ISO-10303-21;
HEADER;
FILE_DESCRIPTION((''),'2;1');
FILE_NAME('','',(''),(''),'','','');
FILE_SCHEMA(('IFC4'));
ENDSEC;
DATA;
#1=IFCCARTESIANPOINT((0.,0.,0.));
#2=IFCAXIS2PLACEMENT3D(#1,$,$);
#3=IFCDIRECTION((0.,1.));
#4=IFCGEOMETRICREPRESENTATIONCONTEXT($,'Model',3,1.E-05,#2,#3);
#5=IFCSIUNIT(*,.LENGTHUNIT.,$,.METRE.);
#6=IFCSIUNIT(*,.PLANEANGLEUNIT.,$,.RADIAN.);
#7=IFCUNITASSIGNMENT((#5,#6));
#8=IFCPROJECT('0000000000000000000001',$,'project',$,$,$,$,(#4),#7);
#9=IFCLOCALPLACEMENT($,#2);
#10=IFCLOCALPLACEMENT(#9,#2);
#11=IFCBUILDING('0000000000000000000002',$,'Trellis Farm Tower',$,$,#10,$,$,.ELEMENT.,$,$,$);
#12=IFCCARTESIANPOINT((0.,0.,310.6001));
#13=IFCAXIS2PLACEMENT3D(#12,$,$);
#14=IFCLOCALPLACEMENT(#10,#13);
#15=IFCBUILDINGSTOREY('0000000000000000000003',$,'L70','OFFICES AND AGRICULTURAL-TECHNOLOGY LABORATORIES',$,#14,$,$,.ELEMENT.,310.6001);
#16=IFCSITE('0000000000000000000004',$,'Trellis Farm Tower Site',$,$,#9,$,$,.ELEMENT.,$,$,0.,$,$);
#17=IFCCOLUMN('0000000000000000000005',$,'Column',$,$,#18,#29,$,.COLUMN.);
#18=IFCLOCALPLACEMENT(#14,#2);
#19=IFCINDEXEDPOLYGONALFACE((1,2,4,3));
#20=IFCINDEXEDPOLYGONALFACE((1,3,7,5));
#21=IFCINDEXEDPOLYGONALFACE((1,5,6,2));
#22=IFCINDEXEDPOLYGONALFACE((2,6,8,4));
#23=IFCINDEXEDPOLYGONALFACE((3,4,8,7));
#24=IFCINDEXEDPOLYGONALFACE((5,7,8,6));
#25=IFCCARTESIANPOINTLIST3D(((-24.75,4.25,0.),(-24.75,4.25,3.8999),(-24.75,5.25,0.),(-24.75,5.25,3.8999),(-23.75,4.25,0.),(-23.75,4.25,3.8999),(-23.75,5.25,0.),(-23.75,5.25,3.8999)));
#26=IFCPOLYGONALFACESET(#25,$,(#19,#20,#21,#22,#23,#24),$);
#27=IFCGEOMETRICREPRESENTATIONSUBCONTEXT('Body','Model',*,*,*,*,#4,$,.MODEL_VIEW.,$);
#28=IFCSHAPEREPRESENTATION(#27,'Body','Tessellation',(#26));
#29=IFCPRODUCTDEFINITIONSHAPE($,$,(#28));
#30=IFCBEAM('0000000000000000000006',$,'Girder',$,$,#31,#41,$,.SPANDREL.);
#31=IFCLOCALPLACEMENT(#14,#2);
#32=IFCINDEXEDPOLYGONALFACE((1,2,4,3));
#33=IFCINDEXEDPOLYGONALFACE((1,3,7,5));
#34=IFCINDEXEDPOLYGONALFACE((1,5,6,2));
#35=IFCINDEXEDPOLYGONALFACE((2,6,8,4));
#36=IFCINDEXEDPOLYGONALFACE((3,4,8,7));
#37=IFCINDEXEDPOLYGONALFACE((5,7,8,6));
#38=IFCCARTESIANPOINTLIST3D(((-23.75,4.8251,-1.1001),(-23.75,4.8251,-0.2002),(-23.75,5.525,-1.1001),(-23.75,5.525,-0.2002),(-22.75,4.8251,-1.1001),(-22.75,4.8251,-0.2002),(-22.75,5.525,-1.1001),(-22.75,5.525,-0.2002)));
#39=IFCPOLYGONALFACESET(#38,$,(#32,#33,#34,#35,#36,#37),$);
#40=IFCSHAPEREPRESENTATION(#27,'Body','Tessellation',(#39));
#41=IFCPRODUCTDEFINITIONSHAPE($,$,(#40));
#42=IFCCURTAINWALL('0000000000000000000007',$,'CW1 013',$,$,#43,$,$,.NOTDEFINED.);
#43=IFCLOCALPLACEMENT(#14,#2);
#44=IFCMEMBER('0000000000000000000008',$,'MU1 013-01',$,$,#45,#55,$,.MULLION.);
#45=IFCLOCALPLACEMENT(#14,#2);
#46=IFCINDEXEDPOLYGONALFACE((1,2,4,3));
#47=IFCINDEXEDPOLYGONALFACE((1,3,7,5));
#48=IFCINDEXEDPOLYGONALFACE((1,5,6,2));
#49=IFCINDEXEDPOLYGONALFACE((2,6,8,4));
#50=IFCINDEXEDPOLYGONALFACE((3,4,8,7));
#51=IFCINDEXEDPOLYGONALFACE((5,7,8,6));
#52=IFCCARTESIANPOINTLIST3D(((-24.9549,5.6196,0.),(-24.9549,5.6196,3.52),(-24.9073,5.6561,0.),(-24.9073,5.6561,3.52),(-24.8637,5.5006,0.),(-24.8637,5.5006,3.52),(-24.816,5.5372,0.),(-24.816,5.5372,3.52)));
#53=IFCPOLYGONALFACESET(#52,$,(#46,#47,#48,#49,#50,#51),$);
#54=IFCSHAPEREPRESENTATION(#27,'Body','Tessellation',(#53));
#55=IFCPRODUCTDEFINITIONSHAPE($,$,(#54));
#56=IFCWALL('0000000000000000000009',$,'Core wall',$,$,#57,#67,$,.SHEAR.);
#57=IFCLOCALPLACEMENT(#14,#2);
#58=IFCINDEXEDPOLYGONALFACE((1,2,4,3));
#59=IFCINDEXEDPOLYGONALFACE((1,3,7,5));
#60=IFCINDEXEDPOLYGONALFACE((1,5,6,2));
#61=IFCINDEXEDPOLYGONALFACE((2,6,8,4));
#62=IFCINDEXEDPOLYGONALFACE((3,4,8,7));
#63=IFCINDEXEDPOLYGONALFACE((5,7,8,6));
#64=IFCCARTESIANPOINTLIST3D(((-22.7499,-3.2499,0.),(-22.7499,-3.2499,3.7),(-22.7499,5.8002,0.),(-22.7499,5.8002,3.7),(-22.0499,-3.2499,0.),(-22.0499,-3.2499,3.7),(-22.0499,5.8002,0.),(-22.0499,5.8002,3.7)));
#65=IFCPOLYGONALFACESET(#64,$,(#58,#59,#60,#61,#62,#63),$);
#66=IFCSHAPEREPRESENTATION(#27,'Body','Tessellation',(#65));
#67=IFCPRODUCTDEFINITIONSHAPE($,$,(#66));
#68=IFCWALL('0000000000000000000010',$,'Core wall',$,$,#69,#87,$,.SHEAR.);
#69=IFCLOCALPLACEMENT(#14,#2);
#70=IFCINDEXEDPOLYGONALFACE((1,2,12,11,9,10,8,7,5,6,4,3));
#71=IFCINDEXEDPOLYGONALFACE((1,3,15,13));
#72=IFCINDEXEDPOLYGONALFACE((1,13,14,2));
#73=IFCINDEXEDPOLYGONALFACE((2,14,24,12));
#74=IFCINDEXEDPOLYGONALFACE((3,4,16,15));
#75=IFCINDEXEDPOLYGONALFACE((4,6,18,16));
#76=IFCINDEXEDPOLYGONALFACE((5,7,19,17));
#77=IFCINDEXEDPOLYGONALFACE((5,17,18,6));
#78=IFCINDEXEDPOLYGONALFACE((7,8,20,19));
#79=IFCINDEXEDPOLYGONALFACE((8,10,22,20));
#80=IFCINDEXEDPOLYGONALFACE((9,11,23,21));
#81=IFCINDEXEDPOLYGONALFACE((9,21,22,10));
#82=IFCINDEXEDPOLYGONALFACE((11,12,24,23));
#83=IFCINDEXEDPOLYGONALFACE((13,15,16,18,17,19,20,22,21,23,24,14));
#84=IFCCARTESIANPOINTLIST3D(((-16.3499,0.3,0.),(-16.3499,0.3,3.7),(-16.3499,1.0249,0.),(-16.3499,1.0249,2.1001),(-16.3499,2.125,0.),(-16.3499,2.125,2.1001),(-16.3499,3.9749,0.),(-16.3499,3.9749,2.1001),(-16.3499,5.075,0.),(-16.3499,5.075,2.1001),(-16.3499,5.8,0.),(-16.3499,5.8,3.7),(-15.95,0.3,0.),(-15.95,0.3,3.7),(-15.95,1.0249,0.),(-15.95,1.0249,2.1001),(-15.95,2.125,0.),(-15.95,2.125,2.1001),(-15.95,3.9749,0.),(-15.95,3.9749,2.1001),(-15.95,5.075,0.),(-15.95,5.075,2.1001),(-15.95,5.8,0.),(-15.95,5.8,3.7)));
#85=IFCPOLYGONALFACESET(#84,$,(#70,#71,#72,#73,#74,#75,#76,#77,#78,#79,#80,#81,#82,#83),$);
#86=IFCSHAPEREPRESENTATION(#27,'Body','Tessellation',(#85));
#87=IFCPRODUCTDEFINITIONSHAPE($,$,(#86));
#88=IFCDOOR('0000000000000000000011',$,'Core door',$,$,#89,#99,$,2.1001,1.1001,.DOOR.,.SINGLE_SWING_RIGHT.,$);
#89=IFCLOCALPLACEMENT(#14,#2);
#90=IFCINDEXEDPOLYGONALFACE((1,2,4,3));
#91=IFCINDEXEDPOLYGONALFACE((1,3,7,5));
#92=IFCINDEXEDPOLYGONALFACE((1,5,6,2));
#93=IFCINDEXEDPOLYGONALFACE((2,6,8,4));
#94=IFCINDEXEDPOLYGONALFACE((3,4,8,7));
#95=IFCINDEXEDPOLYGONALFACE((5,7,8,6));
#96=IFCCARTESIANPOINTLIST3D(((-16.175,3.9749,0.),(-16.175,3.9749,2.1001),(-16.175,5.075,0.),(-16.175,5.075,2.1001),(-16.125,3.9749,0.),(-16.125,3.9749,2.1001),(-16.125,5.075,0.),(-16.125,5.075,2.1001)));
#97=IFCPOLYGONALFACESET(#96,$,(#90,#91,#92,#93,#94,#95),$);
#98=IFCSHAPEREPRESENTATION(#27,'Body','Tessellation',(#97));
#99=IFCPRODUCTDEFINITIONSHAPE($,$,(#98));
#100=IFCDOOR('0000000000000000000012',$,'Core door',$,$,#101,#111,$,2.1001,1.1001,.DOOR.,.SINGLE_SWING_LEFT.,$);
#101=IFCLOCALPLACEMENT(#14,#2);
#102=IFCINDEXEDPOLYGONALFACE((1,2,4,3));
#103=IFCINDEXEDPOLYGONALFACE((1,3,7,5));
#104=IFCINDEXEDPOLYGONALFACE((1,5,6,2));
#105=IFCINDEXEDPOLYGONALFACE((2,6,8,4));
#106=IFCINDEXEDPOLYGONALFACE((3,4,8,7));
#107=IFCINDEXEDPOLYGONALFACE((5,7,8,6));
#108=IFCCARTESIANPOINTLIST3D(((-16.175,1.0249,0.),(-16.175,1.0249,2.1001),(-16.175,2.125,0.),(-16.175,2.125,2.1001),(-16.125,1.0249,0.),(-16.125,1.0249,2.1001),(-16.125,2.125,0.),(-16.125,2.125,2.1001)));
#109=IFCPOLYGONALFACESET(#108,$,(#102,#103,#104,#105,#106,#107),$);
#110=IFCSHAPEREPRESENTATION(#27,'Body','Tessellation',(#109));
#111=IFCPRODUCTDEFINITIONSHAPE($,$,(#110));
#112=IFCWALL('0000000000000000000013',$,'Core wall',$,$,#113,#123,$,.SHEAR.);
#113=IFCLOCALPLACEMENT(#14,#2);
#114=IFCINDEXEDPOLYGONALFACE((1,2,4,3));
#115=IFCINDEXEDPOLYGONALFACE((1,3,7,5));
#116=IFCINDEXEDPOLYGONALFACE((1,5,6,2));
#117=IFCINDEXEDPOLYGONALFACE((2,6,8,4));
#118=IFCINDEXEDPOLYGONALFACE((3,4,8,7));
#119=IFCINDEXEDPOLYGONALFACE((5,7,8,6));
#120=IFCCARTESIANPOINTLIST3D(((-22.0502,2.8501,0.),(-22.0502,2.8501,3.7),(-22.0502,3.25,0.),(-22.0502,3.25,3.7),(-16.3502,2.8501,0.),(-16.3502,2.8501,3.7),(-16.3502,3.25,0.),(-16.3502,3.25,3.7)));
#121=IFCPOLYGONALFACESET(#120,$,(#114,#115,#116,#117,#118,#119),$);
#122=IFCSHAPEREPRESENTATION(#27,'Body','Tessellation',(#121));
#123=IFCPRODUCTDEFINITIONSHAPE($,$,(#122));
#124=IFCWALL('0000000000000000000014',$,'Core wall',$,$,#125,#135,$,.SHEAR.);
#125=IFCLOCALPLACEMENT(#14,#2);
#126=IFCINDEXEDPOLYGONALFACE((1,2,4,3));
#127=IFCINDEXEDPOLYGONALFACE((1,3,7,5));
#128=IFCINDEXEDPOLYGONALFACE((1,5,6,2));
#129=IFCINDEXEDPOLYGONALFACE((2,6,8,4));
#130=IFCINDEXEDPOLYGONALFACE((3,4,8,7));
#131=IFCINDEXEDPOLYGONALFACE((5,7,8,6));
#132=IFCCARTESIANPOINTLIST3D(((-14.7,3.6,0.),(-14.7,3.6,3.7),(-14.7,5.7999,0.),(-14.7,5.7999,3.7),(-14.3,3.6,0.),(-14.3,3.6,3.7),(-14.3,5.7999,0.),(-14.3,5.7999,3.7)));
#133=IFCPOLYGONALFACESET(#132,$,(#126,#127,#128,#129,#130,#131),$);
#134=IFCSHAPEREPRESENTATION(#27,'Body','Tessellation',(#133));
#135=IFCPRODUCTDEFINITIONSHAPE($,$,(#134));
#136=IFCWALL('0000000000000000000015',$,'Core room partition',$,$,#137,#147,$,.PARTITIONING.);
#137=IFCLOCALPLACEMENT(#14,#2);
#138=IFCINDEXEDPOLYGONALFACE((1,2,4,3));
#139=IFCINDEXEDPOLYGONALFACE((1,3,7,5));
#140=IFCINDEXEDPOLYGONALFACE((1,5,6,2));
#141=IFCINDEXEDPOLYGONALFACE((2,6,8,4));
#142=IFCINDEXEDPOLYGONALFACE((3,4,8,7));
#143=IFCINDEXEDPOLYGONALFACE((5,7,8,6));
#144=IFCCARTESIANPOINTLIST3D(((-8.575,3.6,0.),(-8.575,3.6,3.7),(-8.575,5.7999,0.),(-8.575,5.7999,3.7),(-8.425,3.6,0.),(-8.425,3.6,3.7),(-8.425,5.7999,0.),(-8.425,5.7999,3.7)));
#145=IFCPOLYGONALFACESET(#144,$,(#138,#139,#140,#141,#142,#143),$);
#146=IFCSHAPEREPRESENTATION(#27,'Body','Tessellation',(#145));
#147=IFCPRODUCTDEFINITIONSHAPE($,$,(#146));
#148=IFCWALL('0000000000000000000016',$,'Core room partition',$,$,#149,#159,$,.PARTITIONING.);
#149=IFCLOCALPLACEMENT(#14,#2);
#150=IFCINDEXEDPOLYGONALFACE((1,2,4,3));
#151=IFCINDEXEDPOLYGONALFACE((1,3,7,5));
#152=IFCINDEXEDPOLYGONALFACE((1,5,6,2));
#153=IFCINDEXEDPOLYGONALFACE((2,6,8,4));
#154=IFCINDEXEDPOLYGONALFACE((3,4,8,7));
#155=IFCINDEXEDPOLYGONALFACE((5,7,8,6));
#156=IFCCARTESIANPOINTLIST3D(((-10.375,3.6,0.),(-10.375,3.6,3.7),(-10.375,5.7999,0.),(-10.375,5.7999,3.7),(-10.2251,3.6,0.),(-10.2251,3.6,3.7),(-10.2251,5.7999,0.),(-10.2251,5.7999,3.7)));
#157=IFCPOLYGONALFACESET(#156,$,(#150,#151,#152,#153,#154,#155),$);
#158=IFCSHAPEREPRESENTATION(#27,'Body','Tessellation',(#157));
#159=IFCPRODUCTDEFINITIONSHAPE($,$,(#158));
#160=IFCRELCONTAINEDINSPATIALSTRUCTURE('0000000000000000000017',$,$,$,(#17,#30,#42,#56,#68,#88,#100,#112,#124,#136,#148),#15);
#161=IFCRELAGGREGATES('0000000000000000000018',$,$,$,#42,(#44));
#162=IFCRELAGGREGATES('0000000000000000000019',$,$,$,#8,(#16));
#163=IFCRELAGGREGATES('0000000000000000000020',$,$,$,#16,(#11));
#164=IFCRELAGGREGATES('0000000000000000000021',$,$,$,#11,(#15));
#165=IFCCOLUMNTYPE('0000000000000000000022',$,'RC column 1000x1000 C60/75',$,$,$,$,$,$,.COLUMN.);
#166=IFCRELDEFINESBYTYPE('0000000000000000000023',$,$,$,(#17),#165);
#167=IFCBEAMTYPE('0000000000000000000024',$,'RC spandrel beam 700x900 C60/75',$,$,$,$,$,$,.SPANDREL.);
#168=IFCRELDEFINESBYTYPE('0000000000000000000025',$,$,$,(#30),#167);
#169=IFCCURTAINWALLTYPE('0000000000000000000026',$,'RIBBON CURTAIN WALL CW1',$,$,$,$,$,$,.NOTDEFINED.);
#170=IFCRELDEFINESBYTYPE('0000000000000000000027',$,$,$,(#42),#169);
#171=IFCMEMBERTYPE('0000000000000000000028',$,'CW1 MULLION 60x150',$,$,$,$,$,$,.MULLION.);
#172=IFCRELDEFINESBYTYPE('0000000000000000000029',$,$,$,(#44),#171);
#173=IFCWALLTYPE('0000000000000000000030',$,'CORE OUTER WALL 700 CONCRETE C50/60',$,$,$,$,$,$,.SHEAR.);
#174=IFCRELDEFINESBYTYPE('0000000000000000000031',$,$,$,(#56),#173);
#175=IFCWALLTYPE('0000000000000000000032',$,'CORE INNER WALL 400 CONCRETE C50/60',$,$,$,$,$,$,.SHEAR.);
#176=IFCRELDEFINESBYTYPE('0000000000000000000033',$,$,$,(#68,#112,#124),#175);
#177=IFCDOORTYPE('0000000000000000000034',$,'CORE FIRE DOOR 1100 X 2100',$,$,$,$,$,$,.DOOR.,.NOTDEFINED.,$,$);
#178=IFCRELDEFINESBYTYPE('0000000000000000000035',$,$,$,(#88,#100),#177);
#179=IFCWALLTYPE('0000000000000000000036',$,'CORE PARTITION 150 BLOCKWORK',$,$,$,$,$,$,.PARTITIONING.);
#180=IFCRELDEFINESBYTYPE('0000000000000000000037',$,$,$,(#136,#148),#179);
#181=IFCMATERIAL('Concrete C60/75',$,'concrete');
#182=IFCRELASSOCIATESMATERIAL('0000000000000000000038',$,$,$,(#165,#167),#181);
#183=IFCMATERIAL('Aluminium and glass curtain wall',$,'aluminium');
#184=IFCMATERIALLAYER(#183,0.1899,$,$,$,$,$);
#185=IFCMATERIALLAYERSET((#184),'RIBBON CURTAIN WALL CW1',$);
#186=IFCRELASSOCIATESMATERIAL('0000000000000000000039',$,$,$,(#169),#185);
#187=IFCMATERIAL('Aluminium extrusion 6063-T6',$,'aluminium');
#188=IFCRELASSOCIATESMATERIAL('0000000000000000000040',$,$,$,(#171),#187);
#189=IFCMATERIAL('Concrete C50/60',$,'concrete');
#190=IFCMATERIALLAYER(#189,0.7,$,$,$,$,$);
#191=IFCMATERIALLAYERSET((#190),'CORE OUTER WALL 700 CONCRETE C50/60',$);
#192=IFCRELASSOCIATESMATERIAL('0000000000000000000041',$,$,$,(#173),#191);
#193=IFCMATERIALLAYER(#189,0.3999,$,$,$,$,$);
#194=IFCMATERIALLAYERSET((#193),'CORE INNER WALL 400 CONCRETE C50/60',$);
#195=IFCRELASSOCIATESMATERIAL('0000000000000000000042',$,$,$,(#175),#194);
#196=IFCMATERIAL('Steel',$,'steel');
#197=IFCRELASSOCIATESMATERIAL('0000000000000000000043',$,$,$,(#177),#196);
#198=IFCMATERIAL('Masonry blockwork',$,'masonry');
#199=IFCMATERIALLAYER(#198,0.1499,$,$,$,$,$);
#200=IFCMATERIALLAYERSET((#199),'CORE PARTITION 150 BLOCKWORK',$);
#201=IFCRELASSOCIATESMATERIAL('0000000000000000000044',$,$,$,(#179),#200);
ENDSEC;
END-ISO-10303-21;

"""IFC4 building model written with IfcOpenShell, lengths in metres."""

from ifc_helpers import new_model, si_unit, direction, frame, frame_2d, origin, origin_2d, place, context, subcontext, project, spatial, rectangle, extrude, source, transform, mapped, material, layer, layer_set, material_profile, profile_set, type_object, element, fill, aggregate, save


model = new_model("IFC4")

# Units and contexts
model_context = context("Model", 3, precision=1e-05, world=origin(), true_north=direction((0.0, 1.0)))
body_context = subcontext(model_context, "Body", "Model", "MODEL_VIEW")
ifc_project = project(units=[si_unit("LENGTHUNIT", "METRE"), si_unit("PLANEANGLEUNIT", "RADIAN")], contexts=[model_context])

# Site, building, storey
site_placement = place(None, origin())
site = spatial("IfcSite", under=ifc_project, at=site_placement, Name="Trellis Farm Tower Site", CompositionType="ELEMENT", RefElevation=0.0)
building_placement = place(site_placement, origin())
building = spatial("IfcBuilding", under=site, at=building_placement, Name="Trellis Farm Tower", CompositionType="ELEMENT")
storey_placement = place(building_placement, frame((0.0, 0.0, 310.6001)))
storey = spatial("IfcBuildingStorey", under=building, at=storey_placement, Name="L70", Description="OFFICES AND AGRICULTURAL-TECHNOLOGY LABORATORIES", CompositionType="ELEMENT", Elevation=310.6001)

# Column
ifc_material_1 = material(Name="Concrete C60/75", Category="concrete")
ifc_material_profile_1 = material_profile(ifc_material_1, rectangle(XDim=1.0, YDim=1.0, at=origin_2d()), Name="RC column 1000x1000 C60/75")
ifc_profile_set_1 = profile_set([ifc_material_profile_1], Name="Concrete C60/75")
column_type = type_object("IfcColumnType", Name="RC column 1000x1000 C60/75", PredefinedType="COLUMN", material=ifc_profile_set_1)
shared_shape_1 = source(origin(), body_context, "Body", "SweptSolid", [
    extrude(rectangle(XDim=1.0, YDim=1.0, at=origin_2d()), origin(), (0.0, 0.0, 1.0), 3.8999),
])
column_placement = place(storey_placement, frame((-24.25, 4.75, 0.0), z_axis=(0.0, 0.0, 1.0), x_axis=(1.0, 0.0, 0.0)))
element("IfcColumn", 1, at=column_placement, inside=storey, type_object=column_type, Name="Column", PredefinedType="COLUMN", context=body_context, shape_type="MappedRepresentation", body=[
    mapped(shared_shape_1, transform((0.0, 0.0, 0.0))),
])

# Beam
ifc_material_profile_2 = material_profile(ifc_material_1, rectangle(XDim=0.7, YDim=0.8999, at=origin_2d()), Name="RC spandrel beam 700x900 C60/75")
ifc_profile_set_2 = profile_set([ifc_material_profile_2], Name="Concrete C60/75")
beam_type = type_object("IfcBeamType", Name="RC spandrel beam 700x900 C60/75", PredefinedType="SPANDREL", material=ifc_profile_set_2)
shared_shape_2 = source(origin(), body_context, "Body", "SweptSolid", [
    extrude(rectangle(XDim=0.7, YDim=0.8999, at=origin_2d()), origin(), (0.0, 0.0, 1.0), 1.0),
])
beam_placement = place(storey_placement, frame((-23.75, 5.175, -0.6501), z_axis=(1.0, 0.0, 0.0), x_axis=(0.0, 1.0, 0.0)))
element("IfcBeam", 2, at=beam_placement, inside=storey, type_object=beam_type, Name="Girder", PredefinedType="SPANDREL", context=body_context, shape_type="MappedRepresentation", body=[
    mapped(shared_shape_2, transform((0.0, 0.0, 0.0))),
])

# Curtain wall, member
ifc_material_2 = material(Name="Aluminium and glass curtain wall", Category="aluminium")
ifc_layer_1 = layer(ifc_material_2, 0.1899)
ifc_layer_set_1 = layer_set([ifc_layer_1], Name="RIBBON CURTAIN WALL CW1")
curtain_wall_type = type_object("IfcCurtainWallType", Name="RIBBON CURTAIN WALL CW1", PredefinedType="NOTDEFINED", material=ifc_layer_set_1)
placement = place(storey_placement, origin())
curtain_wall = element("IfcCurtainWall", 3, at=placement, inside=storey, type_object=curtain_wall_type, Name="CW1 013", PredefinedType="NOTDEFINED")
ifc_material_3 = material(Name="Aluminium extrusion 6063-T6", Category="aluminium")
ifc_material_profile_3 = material_profile(ifc_material_3, rectangle(XDim=0.0601, YDim=0.1499, at=origin_2d()), Name="MULLION 60x150")
ifc_profile_set_3 = profile_set([ifc_material_profile_3], Name="Aluminium extrusion 6063-T6")
member_type = type_object("IfcMemberType", Name="CW1 MULLION 60x150", PredefinedType="MULLION", material=ifc_profile_set_3)
shared_shape_3 = source(origin(), body_context, "Body", "SweptSolid", [
    extrude(rectangle(XDim=0.0601, YDim=0.1499, at=origin_2d()), origin(), (0.0, 0.0, 1.0), 3.52),
])
member_placement = place(storey_placement, frame((-24.8855, 5.5784, 0.0), z_axis=(0.0, 0.0, 1.0), x_axis=(-0.793353, -0.608761, 0.0)))
member = element("IfcMember", 4, at=member_placement, type_object=member_type, Name="MU1 013-01", PredefinedType="MULLION", context=body_context, shape_type="MappedRepresentation", body=[
    mapped(shared_shape_3, transform((0.0, 0.0, 0.0))),
])
aggregate(curtain_wall, [member])

# Wall
ifc_material_4 = material(Name="Concrete C50/60", Category="concrete")
ifc_layer_2 = layer(ifc_material_4, 0.7)
ifc_layer_set_2 = layer_set([ifc_layer_2], Name="CORE OUTER WALL 700 CONCRETE C50/60")
wall_type_1 = type_object("IfcWallType", Name="CORE OUTER WALL 700 CONCRETE C50/60", PredefinedType="SHEAR", material=ifc_layer_set_2)
shared_shape_4 = source(origin(), body_context, "Body", "SweptSolid", [
    extrude(rectangle(XDim=9.05, YDim=0.7, at=frame_2d((4.5249, 0.0))), origin(), (0.0, 0.0, 1.0), 3.7),
])
wall_1_placement = place(storey_placement, frame((-22.3999, 5.8, 0.0), z_axis=(0.0, 0.0, 1.0), x_axis=(0.0, -1.0, 0.0)))
element("IfcWall", 5, at=wall_1_placement, inside=storey, type_object=wall_type_1, Name="Core wall", PredefinedType="SHEAR", context=body_context, shape_type="MappedRepresentation", body=[
    mapped(shared_shape_4, transform((0.0, 0.0, 0.0))),
])

# Wall, openings, doors
ifc_layer_3 = layer(ifc_material_4, 0.3999)
ifc_layer_set_3 = layer_set([ifc_layer_3], Name="CORE INNER WALL 400 CONCRETE C50/60")
wall_type_2 = type_object("IfcWallType", Name="CORE INNER WALL 400 CONCRETE C50/60", PredefinedType="SHEAR", material=ifc_layer_set_3)
shared_shape_5 = source(origin(), body_context, "Body", "SweptSolid", [
    extrude(rectangle(XDim=5.5, YDim=0.3999, at=frame_2d((2.75, 0.0))), origin(), (0.0, 0.0, 1.0), 3.7),
])
wall_2_placement = place(storey_placement, frame((-16.1499, 5.8, 0.0), z_axis=(0.0, 0.0, 1.0), x_axis=(0.0, -1.0, 0.0)))
wall_2 = element("IfcWall", 6, at=wall_2_placement, inside=storey, type_object=wall_type_2, Name="Core wall", PredefinedType="SHEAR", context=body_context, shape_type="MappedRepresentation", body=[
    mapped(shared_shape_5, transform((0.0, 0.0, 0.0))),
])
shared_shape_6 = source(origin(), body_context, "Body", "SweptSolid", [
    extrude(rectangle(XDim=1.1001, YDim=2.1001, at=frame_2d((0.55, 1.05))), frame((0.0, 0.21, 0.0), z_axis=(0.0, -1.0, 0.0), x_axis=(1.0, 0.0, 0.0)), (0.0, 0.0, 1.0), 0.4199),
])
opening_1_placement = place(wall_2_placement, frame((0.7251, 0.0, 0.0)))
opening_1 = element("IfcOpeningElement", 7, at=opening_1_placement, cuts=wall_2, PredefinedType="OPENING", context=body_context, shape_type="MappedRepresentation", body=[
    mapped(shared_shape_6, transform((0.0, 0.0, 0.0))),
])
opening_2_placement = place(wall_2_placement, frame((3.675, 0.0, 0.0)))
opening_2 = element("IfcOpeningElement", 8, at=opening_2_placement, cuts=wall_2, PredefinedType="OPENING", context=body_context, shape_type="MappedRepresentation", body=[
    mapped(shared_shape_6, transform((0.0, 0.0, 0.0))),
])
ifc_material_5 = material(Name="Steel", Category="steel")
door_type = type_object("IfcDoorType", Name="CORE FIRE DOOR 1100 X 2100", OperationType="NOTDEFINED", PredefinedType="DOOR", material=ifc_material_5)
shared_shape_7 = source(origin(), body_context, "Body", "SweptSolid", [
    extrude(rectangle(XDim=1.1001, YDim=2.1001, at=frame_2d((0.55, 1.05))), frame((0.0, 0.0249, 0.0), z_axis=(0.0, -1.0, 0.0), x_axis=(1.0, 0.0, 0.0)), (0.0, 0.0, 1.0), 0.05),
])
door_1_placement = place(opening_1_placement, origin())
door_1 = element("IfcDoor", 9, at=door_1_placement, inside=storey, type_object=door_type, Name="Core door", OperationType="SINGLE_SWING_RIGHT", OverallHeight=2.1001, OverallWidth=1.1001, PredefinedType="DOOR", context=body_context, shape_type="MappedRepresentation", body=[
    mapped(shared_shape_7, transform((0.0, 0.0, 0.0))),
])
fill(opening_1, door_1)
door_2_placement = place(opening_2_placement, origin())
door_2 = element("IfcDoor", 10, at=door_2_placement, inside=storey, type_object=door_type, Name="Core door", OperationType="SINGLE_SWING_LEFT", OverallHeight=2.1001, OverallWidth=1.1001, PredefinedType="DOOR", context=body_context, shape_type="MappedRepresentation", body=[
    mapped(shared_shape_7, transform((0.0, 0.0, 0.0))),
])
fill(opening_2, door_2)

# Walls
shared_shape_8 = source(origin(), body_context, "Body", "SweptSolid", [
    extrude(rectangle(XDim=5.7, YDim=0.3999, at=frame_2d((2.8501, 0.0))), origin(), (0.0, 0.0, 1.0), 3.7),
])
wall_3_placement = place(storey_placement, frame((-16.3501, 3.05, 0.0), z_axis=(0.0, 0.0, 1.0), x_axis=(-1.0, 0.0, 0.0)))
element("IfcWall", 11, at=wall_3_placement, inside=storey, type_object=wall_type_2, Name="Core wall", PredefinedType="SHEAR", context=body_context, shape_type="MappedRepresentation", body=[
    mapped(shared_shape_8, transform((0.0, 0.0, 0.0))),
])
shared_shape_9 = source(origin(), body_context, "Body", "SweptSolid", [
    extrude(rectangle(XDim=2.2, YDim=0.3999, at=frame_2d((1.1001, 0.0))), origin(), (0.0, 0.0, 1.0), 3.7),
])
wall_4_placement = place(storey_placement, frame((-14.5, 5.8, 0.0), z_axis=(0.0, 0.0, 1.0), x_axis=(0.0, -1.0, 0.0)))
element("IfcWall", 12, at=wall_4_placement, inside=storey, type_object=wall_type_2, Name="Core wall", PredefinedType="SHEAR", context=body_context, shape_type="MappedRepresentation", body=[
    mapped(shared_shape_9, transform((0.0, 0.0, 0.0))),
])
ifc_material_6 = material(Name="Masonry blockwork", Category="masonry")
ifc_layer_4 = layer(ifc_material_6, 0.1499)
ifc_layer_set_4 = layer_set([ifc_layer_4], Name="CORE PARTITION 150 BLOCKWORK")
wall_type_3 = type_object("IfcWallType", Name="CORE PARTITION 150 BLOCKWORK", PredefinedType="PARTITIONING", material=ifc_layer_set_4)
shared_shape_10 = source(origin(), body_context, "Body", "SweptSolid", [
    extrude(rectangle(XDim=2.2, YDim=0.1499, at=frame_2d((1.1001, 0.0))), origin(), (0.0, 0.0, 1.0), 3.7),
])
for number, where, z_axis, x_axis, name in (
    (13, (-8.5, 5.8, 0.0), (0.0, 0.0, 1.0), (0.0, -1.0, 0.0), "Core room partition"),
    (14, (-10.3, 5.8, 0.0), (0.0, 0.0, 1.0), (0.0, -1.0, 0.0), "Core room partition"),
):
    element("IfcWall", number, at=place(storey_placement, frame(where, z_axis=z_axis, x_axis=x_axis)), inside=storey, type_object=wall_type_3, Name=name, PredefinedType="PARTITIONING", context=body_context, shape_type="MappedRepresentation", body=[
        mapped(shared_shape_10, transform((0.0, 0.0, 0.0))),
    ])

save(model, "model.ifc")
